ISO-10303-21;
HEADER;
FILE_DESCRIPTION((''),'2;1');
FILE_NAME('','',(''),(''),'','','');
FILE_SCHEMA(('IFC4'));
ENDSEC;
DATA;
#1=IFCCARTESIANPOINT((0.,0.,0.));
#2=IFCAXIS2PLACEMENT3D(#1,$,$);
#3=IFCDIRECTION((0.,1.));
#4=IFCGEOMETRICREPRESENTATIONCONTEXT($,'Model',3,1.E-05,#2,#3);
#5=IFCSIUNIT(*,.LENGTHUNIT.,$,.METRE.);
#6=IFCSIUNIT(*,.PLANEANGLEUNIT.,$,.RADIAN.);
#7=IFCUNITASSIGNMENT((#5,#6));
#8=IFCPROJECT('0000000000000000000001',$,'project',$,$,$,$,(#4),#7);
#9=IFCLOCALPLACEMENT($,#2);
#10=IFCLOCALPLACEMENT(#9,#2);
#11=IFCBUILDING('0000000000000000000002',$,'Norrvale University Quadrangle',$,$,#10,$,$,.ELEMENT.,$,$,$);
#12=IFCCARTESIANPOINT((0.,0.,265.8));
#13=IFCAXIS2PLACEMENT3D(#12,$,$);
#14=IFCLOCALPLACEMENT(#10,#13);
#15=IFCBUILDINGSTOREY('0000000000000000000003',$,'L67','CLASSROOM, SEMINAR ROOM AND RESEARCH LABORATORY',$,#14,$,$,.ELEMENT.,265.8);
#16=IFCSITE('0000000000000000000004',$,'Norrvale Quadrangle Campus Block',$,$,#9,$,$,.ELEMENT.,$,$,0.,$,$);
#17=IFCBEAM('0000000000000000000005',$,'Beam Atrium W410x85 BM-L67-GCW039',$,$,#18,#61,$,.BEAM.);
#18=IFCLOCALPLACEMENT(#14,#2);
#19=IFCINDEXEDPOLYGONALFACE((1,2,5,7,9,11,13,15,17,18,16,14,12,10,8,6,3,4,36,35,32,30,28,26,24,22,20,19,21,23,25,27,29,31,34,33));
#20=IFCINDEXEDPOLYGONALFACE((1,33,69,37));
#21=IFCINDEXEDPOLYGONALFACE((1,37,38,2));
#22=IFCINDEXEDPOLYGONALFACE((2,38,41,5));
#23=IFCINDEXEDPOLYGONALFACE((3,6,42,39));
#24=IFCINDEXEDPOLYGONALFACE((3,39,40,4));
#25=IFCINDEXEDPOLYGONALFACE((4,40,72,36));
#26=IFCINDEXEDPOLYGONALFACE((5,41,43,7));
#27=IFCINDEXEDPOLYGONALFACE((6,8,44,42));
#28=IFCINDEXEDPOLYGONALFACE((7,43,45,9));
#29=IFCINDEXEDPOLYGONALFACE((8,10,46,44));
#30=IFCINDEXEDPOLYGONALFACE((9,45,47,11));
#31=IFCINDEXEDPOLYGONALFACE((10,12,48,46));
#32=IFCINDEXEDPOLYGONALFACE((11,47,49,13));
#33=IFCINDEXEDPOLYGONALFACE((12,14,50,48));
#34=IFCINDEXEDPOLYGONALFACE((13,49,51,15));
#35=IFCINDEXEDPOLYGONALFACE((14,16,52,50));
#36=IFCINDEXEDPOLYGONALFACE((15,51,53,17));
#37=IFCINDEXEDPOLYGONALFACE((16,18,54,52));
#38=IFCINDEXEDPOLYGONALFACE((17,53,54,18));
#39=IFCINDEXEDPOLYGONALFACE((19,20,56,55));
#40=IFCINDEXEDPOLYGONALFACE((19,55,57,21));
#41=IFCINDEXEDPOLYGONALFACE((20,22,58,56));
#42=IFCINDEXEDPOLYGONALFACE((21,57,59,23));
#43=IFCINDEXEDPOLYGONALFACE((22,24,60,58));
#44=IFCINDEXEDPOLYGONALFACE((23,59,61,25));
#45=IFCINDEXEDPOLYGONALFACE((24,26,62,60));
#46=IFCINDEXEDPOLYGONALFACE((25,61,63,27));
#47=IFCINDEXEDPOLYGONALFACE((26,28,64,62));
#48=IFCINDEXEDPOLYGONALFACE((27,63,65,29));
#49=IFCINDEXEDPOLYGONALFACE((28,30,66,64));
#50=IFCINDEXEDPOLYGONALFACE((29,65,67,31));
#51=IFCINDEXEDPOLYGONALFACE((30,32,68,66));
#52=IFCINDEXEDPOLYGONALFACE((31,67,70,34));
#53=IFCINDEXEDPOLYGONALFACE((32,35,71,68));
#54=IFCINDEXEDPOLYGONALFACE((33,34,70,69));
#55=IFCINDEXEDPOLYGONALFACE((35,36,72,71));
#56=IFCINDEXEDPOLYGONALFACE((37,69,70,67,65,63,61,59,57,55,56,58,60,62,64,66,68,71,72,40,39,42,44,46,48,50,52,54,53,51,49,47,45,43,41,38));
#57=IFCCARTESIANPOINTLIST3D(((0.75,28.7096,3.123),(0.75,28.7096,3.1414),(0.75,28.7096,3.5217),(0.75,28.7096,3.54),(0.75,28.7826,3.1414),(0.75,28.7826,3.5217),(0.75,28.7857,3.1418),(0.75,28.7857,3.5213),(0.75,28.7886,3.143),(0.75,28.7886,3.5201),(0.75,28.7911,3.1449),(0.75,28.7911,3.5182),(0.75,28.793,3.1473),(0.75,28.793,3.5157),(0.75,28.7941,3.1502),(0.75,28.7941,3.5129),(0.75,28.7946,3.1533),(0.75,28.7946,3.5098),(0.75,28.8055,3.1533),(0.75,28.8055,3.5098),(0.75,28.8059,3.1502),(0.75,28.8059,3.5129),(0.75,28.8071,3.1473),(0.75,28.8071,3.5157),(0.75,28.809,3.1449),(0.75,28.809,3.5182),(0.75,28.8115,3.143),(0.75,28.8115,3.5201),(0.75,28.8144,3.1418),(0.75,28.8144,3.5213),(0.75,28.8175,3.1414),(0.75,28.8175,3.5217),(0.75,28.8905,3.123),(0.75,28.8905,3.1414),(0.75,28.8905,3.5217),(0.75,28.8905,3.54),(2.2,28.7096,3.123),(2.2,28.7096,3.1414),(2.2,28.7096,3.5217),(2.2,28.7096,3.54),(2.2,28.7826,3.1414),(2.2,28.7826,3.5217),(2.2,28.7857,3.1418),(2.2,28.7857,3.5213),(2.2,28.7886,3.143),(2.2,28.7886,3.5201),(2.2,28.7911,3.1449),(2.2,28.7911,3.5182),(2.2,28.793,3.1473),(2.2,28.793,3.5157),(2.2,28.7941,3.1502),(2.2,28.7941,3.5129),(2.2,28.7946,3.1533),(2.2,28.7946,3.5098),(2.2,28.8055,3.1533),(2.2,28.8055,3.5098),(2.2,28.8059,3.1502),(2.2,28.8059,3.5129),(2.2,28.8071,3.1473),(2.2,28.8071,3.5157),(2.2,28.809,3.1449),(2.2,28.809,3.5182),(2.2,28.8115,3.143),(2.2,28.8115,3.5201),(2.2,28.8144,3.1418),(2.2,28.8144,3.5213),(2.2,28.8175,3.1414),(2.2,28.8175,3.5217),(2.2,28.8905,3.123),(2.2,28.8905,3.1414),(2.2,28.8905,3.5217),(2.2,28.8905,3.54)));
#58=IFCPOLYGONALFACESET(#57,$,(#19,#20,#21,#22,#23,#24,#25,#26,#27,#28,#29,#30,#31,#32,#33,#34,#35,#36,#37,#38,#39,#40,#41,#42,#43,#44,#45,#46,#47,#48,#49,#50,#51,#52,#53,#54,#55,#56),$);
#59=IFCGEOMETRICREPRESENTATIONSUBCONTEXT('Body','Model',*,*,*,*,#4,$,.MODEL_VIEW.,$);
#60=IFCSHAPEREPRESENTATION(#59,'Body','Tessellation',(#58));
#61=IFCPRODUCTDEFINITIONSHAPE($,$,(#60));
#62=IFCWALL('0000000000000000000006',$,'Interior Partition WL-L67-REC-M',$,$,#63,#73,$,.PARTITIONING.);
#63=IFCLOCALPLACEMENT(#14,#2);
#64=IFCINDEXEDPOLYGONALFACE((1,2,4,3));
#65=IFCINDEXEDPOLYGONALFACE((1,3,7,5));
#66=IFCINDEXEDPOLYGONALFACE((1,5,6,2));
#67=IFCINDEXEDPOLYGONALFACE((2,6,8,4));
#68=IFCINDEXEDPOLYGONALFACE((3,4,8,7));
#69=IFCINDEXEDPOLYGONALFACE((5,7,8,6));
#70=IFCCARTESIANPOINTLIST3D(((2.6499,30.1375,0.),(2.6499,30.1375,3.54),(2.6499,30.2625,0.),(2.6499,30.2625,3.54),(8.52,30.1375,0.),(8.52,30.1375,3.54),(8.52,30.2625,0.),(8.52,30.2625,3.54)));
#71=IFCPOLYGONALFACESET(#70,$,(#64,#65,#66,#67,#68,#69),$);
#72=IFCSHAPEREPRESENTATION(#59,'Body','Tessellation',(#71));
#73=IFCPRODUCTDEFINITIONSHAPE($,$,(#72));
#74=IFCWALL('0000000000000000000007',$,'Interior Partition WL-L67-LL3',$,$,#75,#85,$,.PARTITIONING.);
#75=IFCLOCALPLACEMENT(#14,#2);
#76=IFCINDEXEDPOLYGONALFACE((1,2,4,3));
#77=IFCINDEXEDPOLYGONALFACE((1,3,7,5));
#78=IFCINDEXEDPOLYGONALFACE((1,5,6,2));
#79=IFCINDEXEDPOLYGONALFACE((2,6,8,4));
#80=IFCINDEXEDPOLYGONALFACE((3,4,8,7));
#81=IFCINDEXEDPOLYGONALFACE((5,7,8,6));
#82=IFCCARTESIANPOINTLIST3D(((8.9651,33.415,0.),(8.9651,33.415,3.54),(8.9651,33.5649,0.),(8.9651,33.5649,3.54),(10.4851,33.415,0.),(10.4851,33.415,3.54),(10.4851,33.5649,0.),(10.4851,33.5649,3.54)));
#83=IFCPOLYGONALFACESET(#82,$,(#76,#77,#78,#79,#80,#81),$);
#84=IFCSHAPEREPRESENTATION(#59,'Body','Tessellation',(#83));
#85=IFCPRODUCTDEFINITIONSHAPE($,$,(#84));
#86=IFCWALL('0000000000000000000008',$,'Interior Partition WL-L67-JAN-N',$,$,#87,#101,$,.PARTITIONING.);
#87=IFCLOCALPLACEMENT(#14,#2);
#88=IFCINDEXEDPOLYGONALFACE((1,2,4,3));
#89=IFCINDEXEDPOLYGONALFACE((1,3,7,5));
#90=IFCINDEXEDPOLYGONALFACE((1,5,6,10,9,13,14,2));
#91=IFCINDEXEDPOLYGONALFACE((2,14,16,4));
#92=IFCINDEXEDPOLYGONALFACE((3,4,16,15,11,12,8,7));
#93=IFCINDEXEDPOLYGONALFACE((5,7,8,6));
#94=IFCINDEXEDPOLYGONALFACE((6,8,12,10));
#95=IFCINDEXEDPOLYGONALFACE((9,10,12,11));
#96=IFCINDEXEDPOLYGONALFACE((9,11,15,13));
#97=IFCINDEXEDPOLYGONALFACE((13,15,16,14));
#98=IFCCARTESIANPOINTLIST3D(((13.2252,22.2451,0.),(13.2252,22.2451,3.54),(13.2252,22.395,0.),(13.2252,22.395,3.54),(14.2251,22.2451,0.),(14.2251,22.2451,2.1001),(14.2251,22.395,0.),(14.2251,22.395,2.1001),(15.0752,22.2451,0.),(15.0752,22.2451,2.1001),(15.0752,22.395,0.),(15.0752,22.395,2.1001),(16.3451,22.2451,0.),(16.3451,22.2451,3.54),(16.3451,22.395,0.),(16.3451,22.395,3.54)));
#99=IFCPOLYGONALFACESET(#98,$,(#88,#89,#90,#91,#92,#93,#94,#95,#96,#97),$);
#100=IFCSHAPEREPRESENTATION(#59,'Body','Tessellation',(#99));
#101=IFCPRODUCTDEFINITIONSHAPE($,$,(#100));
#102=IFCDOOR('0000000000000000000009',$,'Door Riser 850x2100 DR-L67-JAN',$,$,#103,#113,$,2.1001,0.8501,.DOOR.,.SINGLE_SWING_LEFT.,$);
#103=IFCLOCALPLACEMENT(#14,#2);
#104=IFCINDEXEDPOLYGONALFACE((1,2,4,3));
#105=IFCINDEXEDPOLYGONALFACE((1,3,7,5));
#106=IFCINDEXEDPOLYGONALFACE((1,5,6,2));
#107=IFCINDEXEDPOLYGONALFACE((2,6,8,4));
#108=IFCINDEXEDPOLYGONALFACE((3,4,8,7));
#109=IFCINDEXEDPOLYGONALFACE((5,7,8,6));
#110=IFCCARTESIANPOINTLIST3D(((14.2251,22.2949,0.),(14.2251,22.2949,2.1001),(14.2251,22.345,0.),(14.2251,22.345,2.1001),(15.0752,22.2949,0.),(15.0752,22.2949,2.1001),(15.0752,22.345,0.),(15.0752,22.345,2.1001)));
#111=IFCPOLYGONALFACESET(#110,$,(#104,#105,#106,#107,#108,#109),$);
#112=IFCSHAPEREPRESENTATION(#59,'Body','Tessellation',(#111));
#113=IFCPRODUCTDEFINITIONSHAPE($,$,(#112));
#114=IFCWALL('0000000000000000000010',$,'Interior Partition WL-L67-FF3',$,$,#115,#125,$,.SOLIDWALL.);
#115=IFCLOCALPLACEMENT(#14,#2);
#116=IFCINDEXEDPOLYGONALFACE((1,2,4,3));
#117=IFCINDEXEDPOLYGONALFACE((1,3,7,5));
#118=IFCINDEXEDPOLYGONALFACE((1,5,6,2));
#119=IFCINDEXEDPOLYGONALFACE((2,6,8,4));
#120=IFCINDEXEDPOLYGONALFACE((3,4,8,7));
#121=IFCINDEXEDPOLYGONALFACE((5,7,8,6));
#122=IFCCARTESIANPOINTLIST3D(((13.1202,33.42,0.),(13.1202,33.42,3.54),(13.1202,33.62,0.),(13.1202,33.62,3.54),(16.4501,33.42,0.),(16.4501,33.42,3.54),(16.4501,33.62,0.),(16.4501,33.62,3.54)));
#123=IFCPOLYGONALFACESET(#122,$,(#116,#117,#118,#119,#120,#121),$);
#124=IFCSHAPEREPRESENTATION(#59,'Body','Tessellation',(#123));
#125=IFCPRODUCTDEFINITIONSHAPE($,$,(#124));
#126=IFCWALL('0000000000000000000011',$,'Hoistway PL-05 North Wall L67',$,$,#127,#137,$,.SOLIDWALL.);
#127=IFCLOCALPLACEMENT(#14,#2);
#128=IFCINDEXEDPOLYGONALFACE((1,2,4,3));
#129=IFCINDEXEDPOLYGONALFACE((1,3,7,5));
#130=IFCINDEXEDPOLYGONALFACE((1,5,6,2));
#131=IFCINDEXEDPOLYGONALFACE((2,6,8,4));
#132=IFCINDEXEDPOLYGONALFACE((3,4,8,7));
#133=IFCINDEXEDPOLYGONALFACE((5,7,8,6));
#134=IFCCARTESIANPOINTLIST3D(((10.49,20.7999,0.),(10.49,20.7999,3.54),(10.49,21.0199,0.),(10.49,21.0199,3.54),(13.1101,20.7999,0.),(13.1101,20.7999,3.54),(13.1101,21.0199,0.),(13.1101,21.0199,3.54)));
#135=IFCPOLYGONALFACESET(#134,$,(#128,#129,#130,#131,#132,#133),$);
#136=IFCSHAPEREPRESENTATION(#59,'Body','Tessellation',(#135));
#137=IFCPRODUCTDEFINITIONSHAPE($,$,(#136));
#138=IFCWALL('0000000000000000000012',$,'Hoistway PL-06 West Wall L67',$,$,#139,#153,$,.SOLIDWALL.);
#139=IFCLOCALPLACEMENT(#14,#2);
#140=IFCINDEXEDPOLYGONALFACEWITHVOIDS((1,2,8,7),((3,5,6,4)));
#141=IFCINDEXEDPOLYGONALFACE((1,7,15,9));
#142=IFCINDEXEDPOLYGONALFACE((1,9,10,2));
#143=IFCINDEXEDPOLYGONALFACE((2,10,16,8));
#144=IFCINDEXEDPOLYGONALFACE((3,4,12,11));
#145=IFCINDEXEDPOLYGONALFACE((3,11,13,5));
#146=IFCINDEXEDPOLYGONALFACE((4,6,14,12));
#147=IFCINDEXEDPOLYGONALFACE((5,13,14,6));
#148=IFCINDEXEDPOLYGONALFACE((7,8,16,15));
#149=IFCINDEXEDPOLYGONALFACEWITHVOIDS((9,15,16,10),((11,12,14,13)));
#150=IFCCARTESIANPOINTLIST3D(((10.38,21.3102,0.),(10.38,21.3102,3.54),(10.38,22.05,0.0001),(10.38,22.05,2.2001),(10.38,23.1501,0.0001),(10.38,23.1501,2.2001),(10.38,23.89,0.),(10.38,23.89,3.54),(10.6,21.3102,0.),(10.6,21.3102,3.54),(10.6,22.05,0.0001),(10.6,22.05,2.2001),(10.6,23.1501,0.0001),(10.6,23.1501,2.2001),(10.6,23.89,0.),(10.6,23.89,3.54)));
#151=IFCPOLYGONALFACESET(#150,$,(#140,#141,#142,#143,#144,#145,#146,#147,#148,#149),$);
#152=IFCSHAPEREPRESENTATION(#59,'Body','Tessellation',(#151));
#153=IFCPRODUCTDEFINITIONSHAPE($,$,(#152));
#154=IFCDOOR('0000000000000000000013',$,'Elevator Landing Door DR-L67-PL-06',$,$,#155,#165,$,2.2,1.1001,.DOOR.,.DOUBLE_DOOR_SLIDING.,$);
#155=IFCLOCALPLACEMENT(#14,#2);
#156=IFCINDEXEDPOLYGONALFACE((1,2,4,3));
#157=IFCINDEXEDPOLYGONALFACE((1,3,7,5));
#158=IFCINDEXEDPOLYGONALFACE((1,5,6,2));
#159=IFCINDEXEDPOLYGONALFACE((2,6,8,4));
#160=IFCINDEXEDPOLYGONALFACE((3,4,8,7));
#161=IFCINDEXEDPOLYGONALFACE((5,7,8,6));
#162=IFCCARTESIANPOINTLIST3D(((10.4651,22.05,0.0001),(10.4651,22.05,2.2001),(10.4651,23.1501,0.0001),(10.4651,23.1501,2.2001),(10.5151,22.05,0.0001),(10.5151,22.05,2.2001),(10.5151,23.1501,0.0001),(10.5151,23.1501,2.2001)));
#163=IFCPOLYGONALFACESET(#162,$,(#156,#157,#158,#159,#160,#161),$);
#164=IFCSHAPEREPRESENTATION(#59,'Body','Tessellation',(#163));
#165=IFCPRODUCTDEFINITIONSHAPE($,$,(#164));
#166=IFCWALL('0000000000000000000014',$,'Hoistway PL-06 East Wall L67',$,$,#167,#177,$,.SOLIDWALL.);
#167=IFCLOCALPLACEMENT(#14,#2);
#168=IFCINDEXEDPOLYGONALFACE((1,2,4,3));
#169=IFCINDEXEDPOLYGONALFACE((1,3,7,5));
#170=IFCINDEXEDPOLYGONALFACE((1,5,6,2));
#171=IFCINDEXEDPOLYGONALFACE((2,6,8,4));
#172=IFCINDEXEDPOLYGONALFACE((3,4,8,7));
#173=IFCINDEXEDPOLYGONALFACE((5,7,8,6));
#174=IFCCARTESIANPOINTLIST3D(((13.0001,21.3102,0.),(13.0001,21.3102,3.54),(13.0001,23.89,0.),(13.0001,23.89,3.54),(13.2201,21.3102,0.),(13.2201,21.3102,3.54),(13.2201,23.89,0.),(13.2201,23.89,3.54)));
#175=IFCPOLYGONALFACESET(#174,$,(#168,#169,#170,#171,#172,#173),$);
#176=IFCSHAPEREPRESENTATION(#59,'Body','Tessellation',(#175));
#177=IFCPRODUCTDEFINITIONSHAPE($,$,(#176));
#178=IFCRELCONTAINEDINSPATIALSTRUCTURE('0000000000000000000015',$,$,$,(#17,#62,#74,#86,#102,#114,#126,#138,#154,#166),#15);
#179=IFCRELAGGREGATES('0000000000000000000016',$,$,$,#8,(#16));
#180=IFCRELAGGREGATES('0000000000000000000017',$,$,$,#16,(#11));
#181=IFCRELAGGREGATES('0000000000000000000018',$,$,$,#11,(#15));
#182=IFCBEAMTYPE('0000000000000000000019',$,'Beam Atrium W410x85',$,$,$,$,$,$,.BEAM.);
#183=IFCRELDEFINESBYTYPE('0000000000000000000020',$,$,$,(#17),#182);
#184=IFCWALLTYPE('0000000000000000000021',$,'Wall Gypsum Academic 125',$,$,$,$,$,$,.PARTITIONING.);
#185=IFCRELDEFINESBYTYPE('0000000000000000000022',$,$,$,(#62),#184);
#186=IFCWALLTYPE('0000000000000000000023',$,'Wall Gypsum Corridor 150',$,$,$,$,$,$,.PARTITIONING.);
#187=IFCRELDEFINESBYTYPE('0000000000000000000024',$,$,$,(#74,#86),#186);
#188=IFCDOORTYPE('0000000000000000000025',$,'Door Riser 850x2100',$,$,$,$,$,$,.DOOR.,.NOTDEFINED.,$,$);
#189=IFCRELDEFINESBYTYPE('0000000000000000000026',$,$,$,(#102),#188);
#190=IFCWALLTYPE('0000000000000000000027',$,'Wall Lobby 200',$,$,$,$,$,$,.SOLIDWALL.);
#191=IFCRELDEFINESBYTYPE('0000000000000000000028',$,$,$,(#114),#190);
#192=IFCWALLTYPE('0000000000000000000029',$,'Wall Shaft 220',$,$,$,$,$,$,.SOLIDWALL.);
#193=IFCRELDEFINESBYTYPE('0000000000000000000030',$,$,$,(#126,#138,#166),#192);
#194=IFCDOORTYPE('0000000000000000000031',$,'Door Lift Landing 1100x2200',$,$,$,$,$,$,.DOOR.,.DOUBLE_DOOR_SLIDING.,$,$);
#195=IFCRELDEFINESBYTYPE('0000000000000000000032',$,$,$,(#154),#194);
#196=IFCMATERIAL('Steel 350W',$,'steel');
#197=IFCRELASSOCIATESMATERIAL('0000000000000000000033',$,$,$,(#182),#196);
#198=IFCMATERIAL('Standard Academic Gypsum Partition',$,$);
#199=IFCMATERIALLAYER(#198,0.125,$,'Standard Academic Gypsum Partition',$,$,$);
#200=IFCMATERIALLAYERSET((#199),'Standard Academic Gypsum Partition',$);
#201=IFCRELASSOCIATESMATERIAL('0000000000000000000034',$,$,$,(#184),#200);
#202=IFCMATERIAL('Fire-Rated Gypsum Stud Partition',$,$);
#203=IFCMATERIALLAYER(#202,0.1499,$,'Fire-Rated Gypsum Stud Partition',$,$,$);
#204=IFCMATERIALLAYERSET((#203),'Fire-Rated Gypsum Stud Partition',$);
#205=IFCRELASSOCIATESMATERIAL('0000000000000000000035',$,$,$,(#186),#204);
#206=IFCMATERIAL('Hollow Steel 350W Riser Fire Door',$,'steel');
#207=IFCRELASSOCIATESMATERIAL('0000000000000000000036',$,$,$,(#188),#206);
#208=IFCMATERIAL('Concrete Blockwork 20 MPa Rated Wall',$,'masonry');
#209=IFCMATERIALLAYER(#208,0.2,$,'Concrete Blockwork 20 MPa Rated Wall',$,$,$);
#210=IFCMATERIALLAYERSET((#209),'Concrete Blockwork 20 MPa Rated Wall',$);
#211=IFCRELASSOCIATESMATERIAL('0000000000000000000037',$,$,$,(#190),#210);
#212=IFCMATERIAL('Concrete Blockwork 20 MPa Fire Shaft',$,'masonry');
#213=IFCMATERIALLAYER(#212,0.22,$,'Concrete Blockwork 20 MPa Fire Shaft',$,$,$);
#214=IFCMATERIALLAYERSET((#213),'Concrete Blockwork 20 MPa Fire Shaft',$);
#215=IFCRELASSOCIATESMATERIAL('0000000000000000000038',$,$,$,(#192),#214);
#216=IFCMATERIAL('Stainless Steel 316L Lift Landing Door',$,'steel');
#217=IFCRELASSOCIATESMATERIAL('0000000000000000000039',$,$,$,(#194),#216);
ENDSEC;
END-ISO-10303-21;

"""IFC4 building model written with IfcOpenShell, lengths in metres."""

from ifc_helpers import new_model, si_unit, direction, frame, frame_2d, origin, origin_2d, place, context, subcontext, project, spatial, rectangle, i_section, extrude, material, layer, layer_set, material_profile, profile_set, type_object, element, fill, save


model = new_model("IFC4")

# Units and contexts
model_context = context("Model", 3, precision=1e-05, world=origin(), true_north=direction((0.0, 1.0)))
body_context = subcontext(model_context, "Body", "Model", "MODEL_VIEW")
ifc_project = project(units=[si_unit("LENGTHUNIT", "METRE"), si_unit("PLANEANGLEUNIT", "RADIAN")], contexts=[model_context])

# Site, building, storey
site_placement = place(None, origin())
site = spatial("IfcSite", under=ifc_project, at=site_placement, Name="Norrvale Quadrangle Campus Block", CompositionType="ELEMENT", RefElevation=0.0)
building_placement = place(site_placement, origin())
building = spatial("IfcBuilding", under=site, at=building_placement, Name="Norrvale University Quadrangle", CompositionType="ELEMENT")
storey_placement = place(building_placement, frame((0.0, 0.0, 265.8)))
storey = spatial("IfcBuildingStorey", under=building, at=storey_placement, Name="L67", Description="CLASSROOM, SEMINAR ROOM AND RESEARCH LABORATORY", CompositionType="ELEMENT", Elevation=265.8)

# Beam
ifc_material_1 = material(Name="Steel 350W", Category="steel")
ifc_material_profile_1 = material_profile(ifc_material_1, i_section(OverallWidth=0.1809, OverallDepth=0.417, WebThickness=0.011, FlangeThickness=0.0183, FilletRadius=0.012, at=origin_2d()), Name="Steel 350W")
ifc_profile_set_1 = profile_set([ifc_material_profile_1], Name="Steel 350W")
beam_type = type_object("IfcBeamType", Name="Beam Atrium W410x85", PredefinedType="BEAM", material=ifc_profile_set_1)
for number, where, z_axis, x_axis, name in (
    (1, (0.75, 28.8, 3.3315), (1.0, 0.0, 0.0), (0.0, 1.0, 0.0), "Beam Atrium W410x85 BM-L67-GCW039"),
):
    element("IfcBeam", number, at=place(storey_placement, frame(where, z_axis=z_axis, x_axis=x_axis)), inside=storey, type_object=beam_type, Name=name, PredefinedType="BEAM", context=body_context, shape_type="SweptSolid", body=[
        extrude(i_section(OverallWidth=0.1809, OverallDepth=0.417, WebThickness=0.011, FlangeThickness=0.0183, FilletRadius=0.012, at=origin_2d()), origin(), (0.0, 0.0, 1.0), 1.45),
    ])

# Walls
ifc_material_2 = material(Name="Standard Academic Gypsum Partition")
ifc_layer_1 = layer(ifc_material_2, 0.125, Name="Standard Academic Gypsum Partition")
ifc_layer_set_1 = layer_set([ifc_layer_1], Name="Standard Academic Gypsum Partition")
wall_type_1 = type_object("IfcWallType", Name="Wall Gypsum Academic 125", PredefinedType="PARTITIONING", material=ifc_layer_set_1)
wall_1_placement = place(storey_placement, frame((2.6499, 30.2, 0.0), z_axis=(0.0, 0.0, 1.0), x_axis=(1.0, 0.0, 0.0)))
element("IfcWall", 2, at=wall_1_placement, inside=storey, type_object=wall_type_1, Name="Interior Partition WL-L67-REC-M", PredefinedType="PARTITIONING", context=body_context, shape_type="SweptSolid", body=[
    extrude(rectangle(XDim=5.8701, YDim=0.125, at=frame_2d((2.9351, 0.0))), origin(), (0.0, 0.0, 1.0), 3.54),
])
ifc_material_3 = material(Name="Fire-Rated Gypsum Stud Partition")
ifc_layer_2 = layer(ifc_material_3, 0.1499, Name="Fire-Rated Gypsum Stud Partition")
ifc_layer_set_2 = layer_set([ifc_layer_2], Name="Fire-Rated Gypsum Stud Partition")
wall_type_2 = type_object("IfcWallType", Name="Wall Gypsum Corridor 150", PredefinedType="PARTITIONING", material=ifc_layer_set_2)
wall_2_placement = place(storey_placement, frame((8.9651, 33.49, 0.0), z_axis=(0.0, 0.0, 1.0), x_axis=(1.0, 0.0, 0.0)))
element("IfcWall", 3, at=wall_2_placement, inside=storey, type_object=wall_type_2, Name="Interior Partition WL-L67-LL3", PredefinedType="PARTITIONING", context=body_context, shape_type="SweptSolid", body=[
    extrude(rectangle(XDim=1.52, YDim=0.1499, at=frame_2d((0.76, 0.0))), origin(), (0.0, 0.0, 1.0), 3.54),
])

# Wall, opening, door
wall_3_placement = place(storey_placement, frame((13.2251, 22.3201, 0.0), z_axis=(0.0, 0.0, 1.0), x_axis=(1.0, 0.0, 0.0)))
wall_3 = element("IfcWall", 4, at=wall_3_placement, inside=storey, type_object=wall_type_2, Name="Interior Partition WL-L67-JAN-N", PredefinedType="PARTITIONING", context=body_context, shape_type="SweptSolid", body=[
    extrude(rectangle(XDim=3.1199, YDim=0.1499, at=frame_2d((1.5601, 0.0))), origin(), (0.0, 0.0, 1.0), 3.54),
])
opening_1_placement = place(wall_3_placement, frame((1.0, 0.0, 0.0)))
opening_1 = element("IfcOpeningElement", 5, at=opening_1_placement, cuts=wall_3, PredefinedType="OPENING", context=body_context, shape_type="SweptSolid", body=[
    extrude(rectangle(XDim=0.8501, YDim=2.1001, at=frame_2d((0.425, 1.05))), frame((0.0, 0.0869, 0.0), z_axis=(0.0, -1.0, 0.0), x_axis=(1.0, 0.0, 0.0)), (0.0, 0.0, 1.0), 0.1738),
])
ifc_material_4 = material(Name="Hollow Steel 350W Riser Fire Door", Category="steel")
door_type_1 = type_object("IfcDoorType", Name="Door Riser 850x2100", OperationType="NOTDEFINED", PredefinedType="DOOR", material=ifc_material_4)
door_1_placement = place(opening_1_placement, origin())
door_1 = element("IfcDoor", 6, at=door_1_placement, inside=storey, type_object=door_type_1, Name="Door Riser 850x2100 DR-L67-JAN", OperationType="SINGLE_SWING_LEFT", OverallHeight=2.1001, OverallWidth=0.8501, PredefinedType="DOOR", context=body_context, shape_type="SweptSolid", body=[
    extrude(rectangle(XDim=0.8501, YDim=2.1001, at=frame_2d((0.425, 1.05))), frame((0.0, 0.0249, 0.0), z_axis=(0.0, -1.0, 0.0), x_axis=(1.0, 0.0, 0.0)), (0.0, 0.0, 1.0), 0.05),
])
fill(opening_1, door_1)

# Walls
ifc_material_5 = material(Name="Concrete Blockwork 20 MPa Rated Wall", Category="masonry")
ifc_layer_3 = layer(ifc_material_5, 0.2, Name="Concrete Blockwork 20 MPa Rated Wall")
ifc_layer_set_3 = layer_set([ifc_layer_3], Name="Concrete Blockwork 20 MPa Rated Wall")
wall_type_3 = type_object("IfcWallType", Name="Wall Lobby 200", PredefinedType="SOLIDWALL", material=ifc_layer_set_3)
wall_4_placement = place(storey_placement, frame((13.1201, 33.52, 0.0), z_axis=(0.0, 0.0, 1.0), x_axis=(1.0, 0.0, 0.0)))
element("IfcWall", 7, at=wall_4_placement, inside=storey, type_object=wall_type_3, Name="Interior Partition WL-L67-FF3", PredefinedType="SOLIDWALL", context=body_context, shape_type="SweptSolid", body=[
    extrude(rectangle(XDim=3.3298, YDim=0.2, at=frame_2d((1.665, 0.0))), origin(), (0.0, 0.0, 1.0), 3.54),
])
ifc_material_6 = material(Name="Concrete Blockwork 20 MPa Fire Shaft", Category="masonry")
ifc_layer_4 = layer(ifc_material_6, 0.22, Name="Concrete Blockwork 20 MPa Fire Shaft")
ifc_layer_set_4 = layer_set([ifc_layer_4], Name="Concrete Blockwork 20 MPa Fire Shaft")
wall_type_4 = type_object("IfcWallType", Name="Wall Shaft 220", PredefinedType="SOLIDWALL", material=ifc_layer_set_4)
wall_5_placement = place(storey_placement, frame((10.49, 20.9099, 0.0), z_axis=(0.0, 0.0, 1.0), x_axis=(1.0, 0.0, 0.0)))
element("IfcWall", 8, at=wall_5_placement, inside=storey, type_object=wall_type_4, Name="Hoistway PL-05 North Wall L67", PredefinedType="SOLIDWALL", context=body_context, shape_type="SweptSolid", body=[
    extrude(rectangle(XDim=2.6201, YDim=0.22, at=frame_2d((1.3101, 0.0))), origin(), (0.0, 0.0, 1.0), 3.54),
])

# Wall, opening, door
wall_6_placement = place(storey_placement, frame((10.49, 21.3101, 0.0), z_axis=(0.0, 0.0, 1.0), x_axis=(0.0, 1.0, 0.0)))
wall_6 = element("IfcWall", 9, at=wall_6_placement, inside=storey, type_object=wall_type_4, Name="Hoistway PL-06 West Wall L67", PredefinedType="SOLIDWALL", context=body_context, shape_type="SweptSolid", body=[
    extrude(rectangle(XDim=2.5798, YDim=0.22, at=frame_2d((1.29, 0.0))), origin(), (0.0, 0.0, 1.0), 3.54),
])
opening_2_placement = place(wall_6_placement, frame((0.74, 0.0, 0.0)))
opening_2 = element("IfcOpeningElement", 10, at=opening_2_placement, cuts=wall_6, PredefinedType="OPENING", context=body_context, shape_type="SweptSolid", body=[
    extrude(rectangle(XDim=1.1001, YDim=2.2, at=frame_2d((0.55, 1.1001))), frame((0.0, 0.1221, 0.0), z_axis=(0.0, -1.0, 0.0), x_axis=(1.0, 0.0, 0.0)), (0.0, 0.0, 1.0), 0.2439),
])
ifc_material_7 = material(Name="Stainless Steel 316L Lift Landing Door", Category="steel")
door_type_2 = type_object("IfcDoorType", Name="Door Lift Landing 1100x2200", OperationType="DOUBLE_DOOR_SLIDING", PredefinedType="DOOR", material=ifc_material_7)
door_2_placement = place(opening_2_placement, origin())
door_2 = element("IfcDoor", 11, at=door_2_placement, inside=storey, type_object=door_type_2, Name="Elevator Landing Door DR-L67-PL-06", OperationType="DOUBLE_DOOR_SLIDING", OverallHeight=2.2, OverallWidth=1.1001, PredefinedType="DOOR", context=body_context, shape_type="SweptSolid", body=[
    extrude(rectangle(XDim=1.1001, YDim=2.2, at=frame_2d((0.55, 1.1001))), frame((0.0, 0.0249, 0.0), z_axis=(0.0, -1.0, 0.0), x_axis=(1.0, 0.0, 0.0)), (0.0, 0.0, 1.0), 0.05),
])
fill(opening_2, door_2)

# Wall
wall_7_placement = place(storey_placement, frame((13.1101, 21.3101, 0.0), z_axis=(0.0, 0.0, 1.0), x_axis=(0.0, 1.0, 0.0)))
element("IfcWall", 12, at=wall_7_placement, inside=storey, type_object=wall_type_4, Name="Hoistway PL-06 East Wall L67", PredefinedType="SOLIDWALL", context=body_context, shape_type="SweptSolid", body=[
    extrude(rectangle(XDim=2.5798, YDim=0.22, at=frame_2d((1.29, 0.0))), origin(), (0.0, 0.0, 1.0), 3.54),
])

save(model, "model.ifc")
